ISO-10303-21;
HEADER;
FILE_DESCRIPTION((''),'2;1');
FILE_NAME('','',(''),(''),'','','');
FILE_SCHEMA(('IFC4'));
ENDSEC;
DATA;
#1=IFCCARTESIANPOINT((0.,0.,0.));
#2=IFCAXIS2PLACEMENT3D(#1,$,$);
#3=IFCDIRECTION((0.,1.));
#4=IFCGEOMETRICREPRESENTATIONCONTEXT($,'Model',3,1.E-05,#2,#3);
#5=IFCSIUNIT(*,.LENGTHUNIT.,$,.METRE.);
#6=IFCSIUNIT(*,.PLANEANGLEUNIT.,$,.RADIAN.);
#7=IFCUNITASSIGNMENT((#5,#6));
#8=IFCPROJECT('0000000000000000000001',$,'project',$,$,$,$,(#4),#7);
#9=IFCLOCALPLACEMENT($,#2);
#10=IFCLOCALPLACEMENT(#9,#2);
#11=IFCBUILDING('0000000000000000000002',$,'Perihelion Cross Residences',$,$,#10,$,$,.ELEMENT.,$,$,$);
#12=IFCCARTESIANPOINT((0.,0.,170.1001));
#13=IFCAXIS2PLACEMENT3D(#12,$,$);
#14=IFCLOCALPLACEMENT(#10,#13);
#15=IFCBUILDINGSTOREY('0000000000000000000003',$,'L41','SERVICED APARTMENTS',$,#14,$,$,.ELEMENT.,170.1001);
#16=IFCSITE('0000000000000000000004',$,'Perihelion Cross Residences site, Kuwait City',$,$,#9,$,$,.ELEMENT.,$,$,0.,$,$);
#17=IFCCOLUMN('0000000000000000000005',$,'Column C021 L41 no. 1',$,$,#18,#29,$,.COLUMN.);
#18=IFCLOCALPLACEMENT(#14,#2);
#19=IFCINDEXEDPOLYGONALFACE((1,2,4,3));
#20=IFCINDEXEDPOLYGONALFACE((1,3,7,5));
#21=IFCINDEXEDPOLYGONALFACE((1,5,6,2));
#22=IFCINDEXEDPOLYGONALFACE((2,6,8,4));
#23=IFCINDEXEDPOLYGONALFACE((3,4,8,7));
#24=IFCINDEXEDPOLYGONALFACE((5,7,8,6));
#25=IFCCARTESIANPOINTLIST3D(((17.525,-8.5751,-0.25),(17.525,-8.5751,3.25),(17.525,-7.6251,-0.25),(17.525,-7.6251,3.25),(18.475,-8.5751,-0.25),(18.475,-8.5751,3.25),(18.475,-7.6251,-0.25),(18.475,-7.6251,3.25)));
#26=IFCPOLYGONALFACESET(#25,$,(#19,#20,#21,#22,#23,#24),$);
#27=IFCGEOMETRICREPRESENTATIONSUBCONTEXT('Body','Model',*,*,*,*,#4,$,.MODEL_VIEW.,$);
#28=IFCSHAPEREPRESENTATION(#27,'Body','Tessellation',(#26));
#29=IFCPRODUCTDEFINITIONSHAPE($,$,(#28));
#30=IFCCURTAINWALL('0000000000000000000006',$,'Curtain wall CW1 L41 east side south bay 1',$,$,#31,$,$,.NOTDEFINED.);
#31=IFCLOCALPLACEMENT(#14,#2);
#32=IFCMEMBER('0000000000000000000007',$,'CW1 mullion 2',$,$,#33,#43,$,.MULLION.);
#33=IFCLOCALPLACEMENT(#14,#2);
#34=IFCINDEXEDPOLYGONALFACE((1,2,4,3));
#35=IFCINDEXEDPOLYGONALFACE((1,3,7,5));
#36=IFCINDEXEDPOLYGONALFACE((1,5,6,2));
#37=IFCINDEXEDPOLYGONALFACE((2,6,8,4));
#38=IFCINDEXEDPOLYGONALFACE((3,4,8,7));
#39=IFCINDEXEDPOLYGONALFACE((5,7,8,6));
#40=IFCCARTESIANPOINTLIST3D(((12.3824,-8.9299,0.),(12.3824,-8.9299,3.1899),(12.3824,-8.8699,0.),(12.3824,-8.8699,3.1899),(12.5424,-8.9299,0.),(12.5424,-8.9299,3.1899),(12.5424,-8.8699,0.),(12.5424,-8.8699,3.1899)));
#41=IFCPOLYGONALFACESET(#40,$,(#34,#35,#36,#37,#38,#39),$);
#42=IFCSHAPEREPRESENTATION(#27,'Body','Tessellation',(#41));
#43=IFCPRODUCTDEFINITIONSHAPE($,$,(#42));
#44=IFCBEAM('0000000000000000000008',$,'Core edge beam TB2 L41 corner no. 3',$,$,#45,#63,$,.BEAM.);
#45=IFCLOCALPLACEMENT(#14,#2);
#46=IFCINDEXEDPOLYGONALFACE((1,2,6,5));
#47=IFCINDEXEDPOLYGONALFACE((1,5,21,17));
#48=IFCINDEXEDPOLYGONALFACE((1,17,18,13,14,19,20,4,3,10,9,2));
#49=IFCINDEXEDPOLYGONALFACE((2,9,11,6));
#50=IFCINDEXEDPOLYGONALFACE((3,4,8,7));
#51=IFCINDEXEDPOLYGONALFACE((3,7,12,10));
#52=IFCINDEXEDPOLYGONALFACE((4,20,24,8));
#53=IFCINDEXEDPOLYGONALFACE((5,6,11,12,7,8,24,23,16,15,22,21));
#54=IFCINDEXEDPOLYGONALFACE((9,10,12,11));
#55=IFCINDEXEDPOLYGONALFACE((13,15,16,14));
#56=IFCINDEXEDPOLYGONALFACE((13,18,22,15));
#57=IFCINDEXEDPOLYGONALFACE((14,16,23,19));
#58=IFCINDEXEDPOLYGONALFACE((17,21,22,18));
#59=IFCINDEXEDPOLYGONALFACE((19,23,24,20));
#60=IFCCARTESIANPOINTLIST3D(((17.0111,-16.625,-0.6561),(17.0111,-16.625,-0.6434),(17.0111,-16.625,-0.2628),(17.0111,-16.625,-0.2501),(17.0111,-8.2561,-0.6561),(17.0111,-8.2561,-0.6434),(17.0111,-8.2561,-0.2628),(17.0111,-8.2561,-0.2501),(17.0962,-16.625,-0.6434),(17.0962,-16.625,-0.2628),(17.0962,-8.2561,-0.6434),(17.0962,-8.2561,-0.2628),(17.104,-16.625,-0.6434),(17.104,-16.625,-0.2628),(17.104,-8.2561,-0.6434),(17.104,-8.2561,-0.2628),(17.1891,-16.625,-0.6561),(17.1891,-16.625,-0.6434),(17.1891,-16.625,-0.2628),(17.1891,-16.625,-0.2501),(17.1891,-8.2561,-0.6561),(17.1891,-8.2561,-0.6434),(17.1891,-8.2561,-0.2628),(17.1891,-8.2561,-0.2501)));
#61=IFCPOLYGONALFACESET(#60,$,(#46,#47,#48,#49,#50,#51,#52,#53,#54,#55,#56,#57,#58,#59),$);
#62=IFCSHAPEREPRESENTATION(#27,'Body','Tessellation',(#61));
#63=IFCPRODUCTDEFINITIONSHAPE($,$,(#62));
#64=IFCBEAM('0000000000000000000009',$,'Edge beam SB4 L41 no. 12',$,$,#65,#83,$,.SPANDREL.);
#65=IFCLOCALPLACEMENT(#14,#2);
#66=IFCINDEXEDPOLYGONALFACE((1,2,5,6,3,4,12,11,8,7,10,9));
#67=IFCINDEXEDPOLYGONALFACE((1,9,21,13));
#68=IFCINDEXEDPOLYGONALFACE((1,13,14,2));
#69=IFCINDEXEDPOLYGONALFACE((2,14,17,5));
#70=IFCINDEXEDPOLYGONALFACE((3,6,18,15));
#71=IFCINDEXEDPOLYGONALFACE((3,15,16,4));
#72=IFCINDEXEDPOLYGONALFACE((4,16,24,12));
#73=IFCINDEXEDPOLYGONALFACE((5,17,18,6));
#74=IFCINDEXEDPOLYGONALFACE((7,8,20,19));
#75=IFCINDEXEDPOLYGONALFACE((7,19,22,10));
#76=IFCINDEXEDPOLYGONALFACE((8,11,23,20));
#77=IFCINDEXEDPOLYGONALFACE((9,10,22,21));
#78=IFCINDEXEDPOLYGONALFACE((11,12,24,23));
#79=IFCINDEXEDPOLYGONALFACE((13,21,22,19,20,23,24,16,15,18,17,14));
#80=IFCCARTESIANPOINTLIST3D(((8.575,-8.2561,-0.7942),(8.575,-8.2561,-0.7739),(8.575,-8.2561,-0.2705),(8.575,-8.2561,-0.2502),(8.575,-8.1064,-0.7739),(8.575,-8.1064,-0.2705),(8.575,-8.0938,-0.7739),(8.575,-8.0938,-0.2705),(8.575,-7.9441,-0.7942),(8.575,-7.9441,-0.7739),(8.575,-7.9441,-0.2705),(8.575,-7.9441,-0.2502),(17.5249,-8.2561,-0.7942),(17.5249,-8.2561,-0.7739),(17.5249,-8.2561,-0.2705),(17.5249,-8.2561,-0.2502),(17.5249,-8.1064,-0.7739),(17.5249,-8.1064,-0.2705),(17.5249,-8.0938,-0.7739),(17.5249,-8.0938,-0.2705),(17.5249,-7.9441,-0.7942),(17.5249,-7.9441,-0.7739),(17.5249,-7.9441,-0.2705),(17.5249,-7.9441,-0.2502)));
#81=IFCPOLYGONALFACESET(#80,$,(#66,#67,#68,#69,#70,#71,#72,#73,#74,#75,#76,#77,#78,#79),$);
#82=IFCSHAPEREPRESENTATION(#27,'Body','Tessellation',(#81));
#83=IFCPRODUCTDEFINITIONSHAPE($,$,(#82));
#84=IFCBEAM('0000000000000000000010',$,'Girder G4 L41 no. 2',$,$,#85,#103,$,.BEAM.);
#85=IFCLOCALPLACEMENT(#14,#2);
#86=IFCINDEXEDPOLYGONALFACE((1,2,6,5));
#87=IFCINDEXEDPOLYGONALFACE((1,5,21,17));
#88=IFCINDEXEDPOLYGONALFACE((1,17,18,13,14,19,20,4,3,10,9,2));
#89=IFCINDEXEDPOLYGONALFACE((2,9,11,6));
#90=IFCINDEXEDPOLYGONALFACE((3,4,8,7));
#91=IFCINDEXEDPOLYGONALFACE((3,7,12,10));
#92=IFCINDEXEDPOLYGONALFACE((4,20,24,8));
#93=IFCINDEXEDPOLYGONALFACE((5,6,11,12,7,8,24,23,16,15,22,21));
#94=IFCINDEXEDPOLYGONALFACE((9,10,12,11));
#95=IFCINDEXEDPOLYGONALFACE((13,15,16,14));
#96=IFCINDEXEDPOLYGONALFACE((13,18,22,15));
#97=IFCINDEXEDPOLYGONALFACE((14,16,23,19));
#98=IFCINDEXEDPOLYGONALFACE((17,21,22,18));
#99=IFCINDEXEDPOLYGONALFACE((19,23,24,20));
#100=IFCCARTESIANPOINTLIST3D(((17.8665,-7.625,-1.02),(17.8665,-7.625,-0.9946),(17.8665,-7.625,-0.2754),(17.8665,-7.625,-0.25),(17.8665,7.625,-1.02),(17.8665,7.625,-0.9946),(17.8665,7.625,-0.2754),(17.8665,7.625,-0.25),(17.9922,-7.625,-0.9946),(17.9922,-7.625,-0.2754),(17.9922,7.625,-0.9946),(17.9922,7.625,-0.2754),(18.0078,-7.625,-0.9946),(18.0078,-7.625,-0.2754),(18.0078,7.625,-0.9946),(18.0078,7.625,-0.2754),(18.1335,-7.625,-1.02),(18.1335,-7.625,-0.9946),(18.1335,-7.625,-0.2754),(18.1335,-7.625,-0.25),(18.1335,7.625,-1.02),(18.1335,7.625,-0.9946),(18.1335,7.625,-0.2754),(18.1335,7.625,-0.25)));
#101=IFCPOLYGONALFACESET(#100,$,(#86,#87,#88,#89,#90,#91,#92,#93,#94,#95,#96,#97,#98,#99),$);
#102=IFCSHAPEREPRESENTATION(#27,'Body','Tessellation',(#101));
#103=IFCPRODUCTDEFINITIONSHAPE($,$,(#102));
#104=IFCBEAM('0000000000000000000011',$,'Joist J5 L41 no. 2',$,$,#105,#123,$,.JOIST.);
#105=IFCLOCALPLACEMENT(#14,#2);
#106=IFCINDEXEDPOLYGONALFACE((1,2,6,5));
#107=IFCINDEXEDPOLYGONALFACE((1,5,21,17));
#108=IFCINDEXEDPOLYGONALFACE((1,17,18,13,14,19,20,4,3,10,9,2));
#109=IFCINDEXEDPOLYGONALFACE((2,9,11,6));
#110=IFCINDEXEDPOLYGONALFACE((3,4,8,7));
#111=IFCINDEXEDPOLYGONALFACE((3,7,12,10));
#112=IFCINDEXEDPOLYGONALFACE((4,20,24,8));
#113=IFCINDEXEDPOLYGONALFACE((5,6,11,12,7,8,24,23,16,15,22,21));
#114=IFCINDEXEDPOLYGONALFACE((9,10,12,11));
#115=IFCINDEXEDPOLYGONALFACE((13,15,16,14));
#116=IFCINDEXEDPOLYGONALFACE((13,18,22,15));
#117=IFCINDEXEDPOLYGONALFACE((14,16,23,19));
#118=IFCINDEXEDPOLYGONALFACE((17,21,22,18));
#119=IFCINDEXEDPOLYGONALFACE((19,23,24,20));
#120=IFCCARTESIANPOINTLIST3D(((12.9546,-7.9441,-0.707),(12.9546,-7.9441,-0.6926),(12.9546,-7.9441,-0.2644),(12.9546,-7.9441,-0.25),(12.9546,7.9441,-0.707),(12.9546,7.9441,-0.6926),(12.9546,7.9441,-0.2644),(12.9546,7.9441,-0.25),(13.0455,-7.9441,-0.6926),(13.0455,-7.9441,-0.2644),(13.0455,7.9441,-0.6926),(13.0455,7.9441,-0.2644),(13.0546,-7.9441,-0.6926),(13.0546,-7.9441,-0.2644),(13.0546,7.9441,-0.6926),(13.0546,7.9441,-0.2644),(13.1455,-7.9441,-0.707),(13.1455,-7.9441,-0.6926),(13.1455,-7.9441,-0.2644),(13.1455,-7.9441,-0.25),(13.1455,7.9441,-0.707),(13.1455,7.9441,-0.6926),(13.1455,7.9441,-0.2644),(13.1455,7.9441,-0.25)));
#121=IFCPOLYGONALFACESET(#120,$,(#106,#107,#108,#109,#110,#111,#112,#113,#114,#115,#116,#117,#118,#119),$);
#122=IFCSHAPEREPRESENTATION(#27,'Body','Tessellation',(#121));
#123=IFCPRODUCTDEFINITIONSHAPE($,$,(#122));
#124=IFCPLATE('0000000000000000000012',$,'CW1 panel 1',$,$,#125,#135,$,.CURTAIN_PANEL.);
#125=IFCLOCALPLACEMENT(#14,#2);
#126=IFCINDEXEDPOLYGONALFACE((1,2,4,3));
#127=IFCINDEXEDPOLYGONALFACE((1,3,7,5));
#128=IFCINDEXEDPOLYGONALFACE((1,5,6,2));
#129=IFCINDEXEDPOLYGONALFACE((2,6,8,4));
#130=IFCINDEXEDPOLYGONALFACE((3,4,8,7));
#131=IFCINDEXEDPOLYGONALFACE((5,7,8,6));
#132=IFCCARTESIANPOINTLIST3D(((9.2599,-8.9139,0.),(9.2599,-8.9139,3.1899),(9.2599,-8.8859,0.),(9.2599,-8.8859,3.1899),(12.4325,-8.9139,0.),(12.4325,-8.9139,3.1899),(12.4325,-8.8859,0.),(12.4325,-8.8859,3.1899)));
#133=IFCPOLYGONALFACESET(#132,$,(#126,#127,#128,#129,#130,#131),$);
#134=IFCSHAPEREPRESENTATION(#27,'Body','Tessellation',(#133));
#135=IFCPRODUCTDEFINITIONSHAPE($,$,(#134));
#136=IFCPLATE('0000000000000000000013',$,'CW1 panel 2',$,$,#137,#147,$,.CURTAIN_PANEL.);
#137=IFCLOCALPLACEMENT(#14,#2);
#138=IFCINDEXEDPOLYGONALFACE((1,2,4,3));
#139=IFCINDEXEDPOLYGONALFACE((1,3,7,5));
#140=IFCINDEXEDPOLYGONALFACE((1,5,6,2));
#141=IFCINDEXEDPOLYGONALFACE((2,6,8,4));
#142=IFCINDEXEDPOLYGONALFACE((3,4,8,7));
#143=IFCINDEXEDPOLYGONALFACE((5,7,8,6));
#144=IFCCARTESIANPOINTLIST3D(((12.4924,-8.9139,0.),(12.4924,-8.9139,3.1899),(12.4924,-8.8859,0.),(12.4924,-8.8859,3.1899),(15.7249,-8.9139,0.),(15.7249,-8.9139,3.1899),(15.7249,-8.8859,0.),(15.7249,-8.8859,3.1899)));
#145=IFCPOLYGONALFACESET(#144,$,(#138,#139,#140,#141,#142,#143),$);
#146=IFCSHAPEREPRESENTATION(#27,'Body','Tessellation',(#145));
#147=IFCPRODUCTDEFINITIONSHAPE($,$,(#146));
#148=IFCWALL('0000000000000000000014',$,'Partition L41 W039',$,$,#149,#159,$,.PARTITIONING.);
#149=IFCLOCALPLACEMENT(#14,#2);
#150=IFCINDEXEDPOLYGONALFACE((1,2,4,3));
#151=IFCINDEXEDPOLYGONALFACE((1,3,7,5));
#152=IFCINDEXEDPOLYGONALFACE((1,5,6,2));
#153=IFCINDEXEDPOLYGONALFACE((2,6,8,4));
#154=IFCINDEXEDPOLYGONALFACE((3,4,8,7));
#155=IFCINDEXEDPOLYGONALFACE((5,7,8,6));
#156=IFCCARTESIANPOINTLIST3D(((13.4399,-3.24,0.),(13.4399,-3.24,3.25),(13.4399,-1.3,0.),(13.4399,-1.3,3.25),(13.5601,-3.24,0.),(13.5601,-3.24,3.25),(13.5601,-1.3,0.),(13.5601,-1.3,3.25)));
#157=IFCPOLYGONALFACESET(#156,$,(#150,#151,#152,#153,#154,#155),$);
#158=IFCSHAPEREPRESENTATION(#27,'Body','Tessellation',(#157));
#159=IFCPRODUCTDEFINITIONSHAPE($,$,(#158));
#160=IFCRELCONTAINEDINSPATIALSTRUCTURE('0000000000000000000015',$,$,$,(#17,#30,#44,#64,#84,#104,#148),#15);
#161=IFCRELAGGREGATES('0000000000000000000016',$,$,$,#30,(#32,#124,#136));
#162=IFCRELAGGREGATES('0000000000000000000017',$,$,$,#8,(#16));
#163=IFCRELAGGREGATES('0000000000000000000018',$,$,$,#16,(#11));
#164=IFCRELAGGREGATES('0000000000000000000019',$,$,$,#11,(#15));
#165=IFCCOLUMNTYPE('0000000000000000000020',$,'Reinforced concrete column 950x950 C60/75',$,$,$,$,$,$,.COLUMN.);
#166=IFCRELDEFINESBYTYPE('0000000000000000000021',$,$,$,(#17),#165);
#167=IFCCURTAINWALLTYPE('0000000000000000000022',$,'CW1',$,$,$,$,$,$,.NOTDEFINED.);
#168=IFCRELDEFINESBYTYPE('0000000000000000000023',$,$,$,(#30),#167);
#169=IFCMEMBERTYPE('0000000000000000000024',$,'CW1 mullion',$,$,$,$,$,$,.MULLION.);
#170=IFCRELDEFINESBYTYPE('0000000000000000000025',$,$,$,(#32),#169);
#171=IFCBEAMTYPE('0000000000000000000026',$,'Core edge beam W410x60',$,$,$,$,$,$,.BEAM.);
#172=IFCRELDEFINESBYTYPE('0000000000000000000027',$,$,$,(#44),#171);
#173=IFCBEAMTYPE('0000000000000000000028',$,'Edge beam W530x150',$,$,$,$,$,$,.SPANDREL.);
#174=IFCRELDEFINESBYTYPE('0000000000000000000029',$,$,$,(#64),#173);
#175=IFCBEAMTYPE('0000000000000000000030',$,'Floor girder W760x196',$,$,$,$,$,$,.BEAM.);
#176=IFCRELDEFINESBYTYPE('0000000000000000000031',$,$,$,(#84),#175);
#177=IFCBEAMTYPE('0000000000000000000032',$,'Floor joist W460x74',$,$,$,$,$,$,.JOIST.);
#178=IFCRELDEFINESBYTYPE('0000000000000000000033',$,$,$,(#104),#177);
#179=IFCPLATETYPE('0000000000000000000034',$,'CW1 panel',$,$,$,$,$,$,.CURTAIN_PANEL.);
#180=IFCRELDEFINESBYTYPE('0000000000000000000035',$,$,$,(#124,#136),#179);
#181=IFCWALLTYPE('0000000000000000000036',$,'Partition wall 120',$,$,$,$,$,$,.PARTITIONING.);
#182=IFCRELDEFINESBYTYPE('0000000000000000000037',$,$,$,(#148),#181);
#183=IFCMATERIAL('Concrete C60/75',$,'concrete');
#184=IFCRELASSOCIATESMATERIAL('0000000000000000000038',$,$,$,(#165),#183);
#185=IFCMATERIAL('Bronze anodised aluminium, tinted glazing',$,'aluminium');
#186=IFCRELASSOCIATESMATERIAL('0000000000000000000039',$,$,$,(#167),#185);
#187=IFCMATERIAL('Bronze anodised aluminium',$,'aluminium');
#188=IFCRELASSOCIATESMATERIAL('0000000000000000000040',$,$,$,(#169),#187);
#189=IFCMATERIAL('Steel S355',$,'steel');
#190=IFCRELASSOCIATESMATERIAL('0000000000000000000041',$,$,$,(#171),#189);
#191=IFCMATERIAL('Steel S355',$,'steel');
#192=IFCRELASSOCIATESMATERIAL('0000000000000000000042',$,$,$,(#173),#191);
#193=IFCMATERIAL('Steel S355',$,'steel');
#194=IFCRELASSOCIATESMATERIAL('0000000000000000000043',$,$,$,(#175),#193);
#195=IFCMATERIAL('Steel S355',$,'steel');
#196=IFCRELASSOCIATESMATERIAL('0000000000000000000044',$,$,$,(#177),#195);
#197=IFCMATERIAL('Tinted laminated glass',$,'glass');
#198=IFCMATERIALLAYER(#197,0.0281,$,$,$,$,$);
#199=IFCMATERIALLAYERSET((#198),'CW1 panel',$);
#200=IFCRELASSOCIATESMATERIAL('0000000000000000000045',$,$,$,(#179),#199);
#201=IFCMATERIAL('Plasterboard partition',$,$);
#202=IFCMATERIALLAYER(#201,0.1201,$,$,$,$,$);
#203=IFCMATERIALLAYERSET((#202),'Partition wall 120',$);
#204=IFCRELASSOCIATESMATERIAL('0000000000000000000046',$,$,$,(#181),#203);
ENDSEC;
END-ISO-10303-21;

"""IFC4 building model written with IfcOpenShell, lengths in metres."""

from ifc_helpers import new_model, si_unit, direction, frame, frame_2d, origin, origin_2d, place, context, subcontext, project, spatial, rectangle, i_section, extrude, material, layer, layer_set, material_profile, profile_set, type_object, element, aggregate, save


model = new_model("IFC4")

# Units and contexts
model_context = context("Model", 3, precision=1e-05, world=origin(), true_north=direction((0.0, 1.0)))
body_context = subcontext(model_context, "Body", "Model", "MODEL_VIEW")
ifc_project = project(units=[si_unit("LENGTHUNIT", "METRE"), si_unit("PLANEANGLEUNIT", "RADIAN")], contexts=[model_context])

# Site, building, storey
site_placement = place(None, origin())
site = spatial("IfcSite", under=ifc_project, at=site_placement, Name="Perihelion Cross Residences site, Kuwait City", CompositionType="ELEMENT", RefElevation=0.0)
building_placement = place(site_placement, origin())
building = spatial("IfcBuilding", under=site, at=building_placement, Name="Perihelion Cross Residences", CompositionType="ELEMENT")
storey_placement = place(building_placement, frame((0.0, 0.0, 170.1001)))
storey = spatial("IfcBuildingStorey", under=building, at=storey_placement, Name="L41", Description="SERVICED APARTMENTS", CompositionType="ELEMENT", Elevation=170.1001)

# Column
ifc_material_1 = material(Name="Concrete C60/75", Category="concrete")
ifc_material_profile_1 = material_profile(ifc_material_1, rectangle(XDim=0.95, YDim=0.95, at=origin_2d()), Name="RC 950x950")
ifc_profile_set_1 = profile_set([ifc_material_profile_1], Name="Concrete C60/75")
column_type = type_object("IfcColumnType", Name="Reinforced concrete column 950x950 C60/75", PredefinedType="COLUMN", material=ifc_profile_set_1)
column_placement = place(storey_placement, frame((18.0, -8.1001, -0.25), z_axis=(0.0, 0.0, 1.0), x_axis=(1.0, 0.0, 0.0)))
element("IfcColumn", 1, at=column_placement, inside=storey, type_object=column_type, Name="Column C021 L41 no. 1", PredefinedType="COLUMN", context=body_context, shape_type="SweptSolid", body=[
    extrude(rectangle(XDim=0.95, YDim=0.95, at=origin_2d()), origin(), (0.0, 0.0, 1.0), 3.5),
])

# Curtain wall, member
ifc_material_2 = material(Name="Bronze anodised aluminium, tinted glazing", Category="aluminium")
curtain_wall_type = type_object("IfcCurtainWallType", Name="CW1", PredefinedType="NOTDEFINED", material=ifc_material_2)
curtain_wall_placement = place(storey_placement, origin())
curtain_wall = element("IfcCurtainWall", 2, at=curtain_wall_placement, inside=storey, type_object=curtain_wall_type, Name="Curtain wall CW1 L41 east side south bay 1", PredefinedType="NOTDEFINED")
ifc_material_3 = material(Name="Bronze anodised aluminium", Category="aluminium")
ifc_material_profile_2 = material_profile(ifc_material_3, rectangle(XDim=0.0601, YDim=0.1599, at=origin_2d()), Name="CW1 mullion")
ifc_profile_set_2 = profile_set([ifc_material_profile_2], Name="Bronze anodised aluminium")
member_type = type_object("IfcMemberType", Name="CW1 mullion", PredefinedType="MULLION", material=ifc_profile_set_2)
member_placement = place(storey_placement, frame((12.4624, -8.8999, 0.0), z_axis=(0.0, 0.0, 1.0), x_axis=(0.0, 1.0, 0.0)))
member = element("IfcMember", 3, at=member_placement, type_object=member_type, Name="CW1 mullion 2", PredefinedType="MULLION", context=body_context, shape_type="SweptSolid", body=[
    extrude(rectangle(XDim=0.0601, YDim=0.1599, at=origin_2d()), origin(), (0.0, 0.0, 1.0), 3.1899),
])

# Beams
ifc_material_4 = material(Name="Steel S355", Category="steel")
ifc_material_profile_3 = material_profile(ifc_material_4, i_section(OverallWidth=0.178, OverallDepth=0.406, WebThickness=0.0078, FlangeThickness=0.0127, at=origin_2d()), Name="W410x60")
ifc_profile_set_3 = profile_set([ifc_material_profile_3], Name="Steel S355")
beam_type_1 = type_object("IfcBeamType", Name="Core edge beam W410x60", PredefinedType="BEAM", material=ifc_profile_set_3)
beam_1_placement = place(storey_placement, frame((17.1001, -8.2561, -0.4531), z_axis=(0.0, -1.0, 0.0), x_axis=(1.0, 0.0, 0.0)))
element("IfcBeam", 4, at=beam_1_placement, inside=storey, type_object=beam_type_1, Name="Core edge beam TB2 L41 corner no. 3", PredefinedType="BEAM", context=body_context, shape_type="SweptSolid", body=[
    extrude(i_section(OverallWidth=0.178, OverallDepth=0.406, WebThickness=0.0078, FlangeThickness=0.0127, at=origin_2d()), origin(), (0.0, 0.0, 1.0), 8.3689),
])
ifc_material_5 = material(Name="Steel S355", Category="steel")
ifc_material_profile_4 = material_profile(ifc_material_5, i_section(OverallWidth=0.312, OverallDepth=0.5439, WebThickness=0.0127, FlangeThickness=0.0203, at=origin_2d()), Name="W530x150")
ifc_profile_set_4 = profile_set([ifc_material_profile_4], Name="Steel S355")
beam_type_2 = type_object("IfcBeamType", Name="Edge beam W530x150", PredefinedType="SPANDREL", material=ifc_profile_set_4)
beam_2_placement = place(storey_placement, frame((8.575, -8.1001, -0.5222), z_axis=(1.0, 0.0, 0.0), x_axis=(0.0, 1.0, 0.0)))
element("IfcBeam", 5, at=beam_2_placement, inside=storey, type_object=beam_type_2, Name="Edge beam SB4 L41 no. 12", PredefinedType="SPANDREL", context=body_context, shape_type="SweptSolid", body=[
    extrude(i_section(OverallWidth=0.312, OverallDepth=0.5439, WebThickness=0.0127, FlangeThickness=0.0203, at=origin_2d()), origin(), (0.0, 0.0, 1.0), 8.95),
])
ifc_material_6 = material(Name="Steel S355", Category="steel")
ifc_material_profile_5 = material_profile(ifc_material_6, i_section(OverallWidth=0.2671, OverallDepth=0.77, WebThickness=0.0156, FlangeThickness=0.0254, at=origin_2d()), Name="W760x196")
ifc_profile_set_5 = profile_set([ifc_material_profile_5], Name="Steel S355")
beam_type_3 = type_object("IfcBeamType", Name="Floor girder W760x196", PredefinedType="BEAM", material=ifc_profile_set_5)
beam_3_placement = place(storey_placement, frame((18.0, -7.625, -0.635), z_axis=(0.0, 1.0, 0.0), x_axis=(-1.0, 0.0, 0.0)))
element("IfcBeam", 6, at=beam_3_placement, inside=storey, type_object=beam_type_3, Name="Girder G4 L41 no. 2", PredefinedType="BEAM", context=body_context, shape_type="SweptSolid", body=[
    extrude(i_section(OverallWidth=0.2671, OverallDepth=0.77, WebThickness=0.0156, FlangeThickness=0.0254, at=origin_2d()), origin(), (0.0, 0.0, 1.0), 15.25),
])
ifc_material_7 = material(Name="Steel S355", Category="steel")
ifc_material_profile_6 = material_profile(ifc_material_7, i_section(OverallWidth=0.1909, OverallDepth=0.457, WebThickness=0.009, FlangeThickness=0.0144, at=origin_2d()), Name="W460x74")
ifc_profile_set_6 = profile_set([ifc_material_profile_6], Name="Steel S355")
beam_type_4 = type_object("IfcBeamType", Name="Floor joist W460x74", PredefinedType="JOIST", material=ifc_profile_set_6)
beam_4_placement = place(storey_placement, frame((13.05, -7.9441, -0.4785), z_axis=(0.0, 1.0, 0.0), x_axis=(-1.0, 0.0, 0.0)))
element("IfcBeam", 7, at=beam_4_placement, inside=storey, type_object=beam_type_4, Name="Joist J5 L41 no. 2", PredefinedType="JOIST", context=body_context, shape_type="SweptSolid", body=[
    extrude(i_section(OverallWidth=0.1909, OverallDepth=0.457, WebThickness=0.009, FlangeThickness=0.0144, at=origin_2d()), origin(), (0.0, 0.0, 1.0), 15.8882),
])

# Plates
ifc_material_8 = material(Name="Tinted laminated glass", Category="glass")
ifc_layer_1 = layer(ifc_material_8, 0.0281)
ifc_layer_set_1 = layer_set([ifc_layer_1], Name="CW1 panel")
plate_type = type_object("IfcPlateType", Name="CW1 panel", PredefinedType="CURTAIN_PANEL", material=ifc_layer_set_1)
plate_1_placement = place(storey_placement, frame((10.8462, -8.8999, 0.0), z_axis=(0.0, 0.0, 1.0), x_axis=(1.0, 0.0, 0.0)))
plate_1 = element("IfcPlate", 8, at=plate_1_placement, type_object=plate_type, Name="CW1 panel 1", PredefinedType="CURTAIN_PANEL", context=body_context, shape_type="SweptSolid", body=[
    extrude(rectangle(XDim=3.1726, YDim=0.0281, at=origin_2d()), origin(), (0.0, 0.0, 1.0), 3.1899),
])
plate_2_placement = place(storey_placement, frame((14.1086, -8.8999, 0.0), z_axis=(0.0, 0.0, 1.0), x_axis=(1.0, 0.0, 0.0)))
plate_2 = element("IfcPlate", 9, at=plate_2_placement, type_object=plate_type, Name="CW1 panel 2", PredefinedType="CURTAIN_PANEL", context=body_context, shape_type="SweptSolid", body=[
    extrude(rectangle(XDim=3.2324, YDim=0.0281, at=origin_2d()), origin(), (0.0, 0.0, 1.0), 3.1899),
])
aggregate(curtain_wall, [member, plate_1, plate_2])

# Wall
ifc_material_9 = material(Name="Plasterboard partition")
ifc_layer_2 = layer(ifc_material_9, 0.1201)
ifc_layer_set_2 = layer_set([ifc_layer_2], Name="Partition wall 120")
wall_type_1 = type_object("IfcWallType", Name="Partition wall 120", PredefinedType="PARTITIONING", material=ifc_layer_set_2)
wall_1_placement = place(storey_placement, frame((13.5, -1.3, 0.0), z_axis=(0.0, 0.0, 1.0), x_axis=(0.0, -1.0, 0.0)))
element("IfcWall", 10, at=wall_1_placement, inside=storey, type_object=wall_type_1, Name="Partition L41 W039", PredefinedType="PARTITIONING", context=body_context, shape_type="SweptSolid", body=[
    extrude(rectangle(XDim=1.9399, YDim=0.1201, at=frame_2d((0.97, 0.0))), origin(), (0.0, 0.0, 1.0), 3.25),
])

save(model, "model.ifc")
